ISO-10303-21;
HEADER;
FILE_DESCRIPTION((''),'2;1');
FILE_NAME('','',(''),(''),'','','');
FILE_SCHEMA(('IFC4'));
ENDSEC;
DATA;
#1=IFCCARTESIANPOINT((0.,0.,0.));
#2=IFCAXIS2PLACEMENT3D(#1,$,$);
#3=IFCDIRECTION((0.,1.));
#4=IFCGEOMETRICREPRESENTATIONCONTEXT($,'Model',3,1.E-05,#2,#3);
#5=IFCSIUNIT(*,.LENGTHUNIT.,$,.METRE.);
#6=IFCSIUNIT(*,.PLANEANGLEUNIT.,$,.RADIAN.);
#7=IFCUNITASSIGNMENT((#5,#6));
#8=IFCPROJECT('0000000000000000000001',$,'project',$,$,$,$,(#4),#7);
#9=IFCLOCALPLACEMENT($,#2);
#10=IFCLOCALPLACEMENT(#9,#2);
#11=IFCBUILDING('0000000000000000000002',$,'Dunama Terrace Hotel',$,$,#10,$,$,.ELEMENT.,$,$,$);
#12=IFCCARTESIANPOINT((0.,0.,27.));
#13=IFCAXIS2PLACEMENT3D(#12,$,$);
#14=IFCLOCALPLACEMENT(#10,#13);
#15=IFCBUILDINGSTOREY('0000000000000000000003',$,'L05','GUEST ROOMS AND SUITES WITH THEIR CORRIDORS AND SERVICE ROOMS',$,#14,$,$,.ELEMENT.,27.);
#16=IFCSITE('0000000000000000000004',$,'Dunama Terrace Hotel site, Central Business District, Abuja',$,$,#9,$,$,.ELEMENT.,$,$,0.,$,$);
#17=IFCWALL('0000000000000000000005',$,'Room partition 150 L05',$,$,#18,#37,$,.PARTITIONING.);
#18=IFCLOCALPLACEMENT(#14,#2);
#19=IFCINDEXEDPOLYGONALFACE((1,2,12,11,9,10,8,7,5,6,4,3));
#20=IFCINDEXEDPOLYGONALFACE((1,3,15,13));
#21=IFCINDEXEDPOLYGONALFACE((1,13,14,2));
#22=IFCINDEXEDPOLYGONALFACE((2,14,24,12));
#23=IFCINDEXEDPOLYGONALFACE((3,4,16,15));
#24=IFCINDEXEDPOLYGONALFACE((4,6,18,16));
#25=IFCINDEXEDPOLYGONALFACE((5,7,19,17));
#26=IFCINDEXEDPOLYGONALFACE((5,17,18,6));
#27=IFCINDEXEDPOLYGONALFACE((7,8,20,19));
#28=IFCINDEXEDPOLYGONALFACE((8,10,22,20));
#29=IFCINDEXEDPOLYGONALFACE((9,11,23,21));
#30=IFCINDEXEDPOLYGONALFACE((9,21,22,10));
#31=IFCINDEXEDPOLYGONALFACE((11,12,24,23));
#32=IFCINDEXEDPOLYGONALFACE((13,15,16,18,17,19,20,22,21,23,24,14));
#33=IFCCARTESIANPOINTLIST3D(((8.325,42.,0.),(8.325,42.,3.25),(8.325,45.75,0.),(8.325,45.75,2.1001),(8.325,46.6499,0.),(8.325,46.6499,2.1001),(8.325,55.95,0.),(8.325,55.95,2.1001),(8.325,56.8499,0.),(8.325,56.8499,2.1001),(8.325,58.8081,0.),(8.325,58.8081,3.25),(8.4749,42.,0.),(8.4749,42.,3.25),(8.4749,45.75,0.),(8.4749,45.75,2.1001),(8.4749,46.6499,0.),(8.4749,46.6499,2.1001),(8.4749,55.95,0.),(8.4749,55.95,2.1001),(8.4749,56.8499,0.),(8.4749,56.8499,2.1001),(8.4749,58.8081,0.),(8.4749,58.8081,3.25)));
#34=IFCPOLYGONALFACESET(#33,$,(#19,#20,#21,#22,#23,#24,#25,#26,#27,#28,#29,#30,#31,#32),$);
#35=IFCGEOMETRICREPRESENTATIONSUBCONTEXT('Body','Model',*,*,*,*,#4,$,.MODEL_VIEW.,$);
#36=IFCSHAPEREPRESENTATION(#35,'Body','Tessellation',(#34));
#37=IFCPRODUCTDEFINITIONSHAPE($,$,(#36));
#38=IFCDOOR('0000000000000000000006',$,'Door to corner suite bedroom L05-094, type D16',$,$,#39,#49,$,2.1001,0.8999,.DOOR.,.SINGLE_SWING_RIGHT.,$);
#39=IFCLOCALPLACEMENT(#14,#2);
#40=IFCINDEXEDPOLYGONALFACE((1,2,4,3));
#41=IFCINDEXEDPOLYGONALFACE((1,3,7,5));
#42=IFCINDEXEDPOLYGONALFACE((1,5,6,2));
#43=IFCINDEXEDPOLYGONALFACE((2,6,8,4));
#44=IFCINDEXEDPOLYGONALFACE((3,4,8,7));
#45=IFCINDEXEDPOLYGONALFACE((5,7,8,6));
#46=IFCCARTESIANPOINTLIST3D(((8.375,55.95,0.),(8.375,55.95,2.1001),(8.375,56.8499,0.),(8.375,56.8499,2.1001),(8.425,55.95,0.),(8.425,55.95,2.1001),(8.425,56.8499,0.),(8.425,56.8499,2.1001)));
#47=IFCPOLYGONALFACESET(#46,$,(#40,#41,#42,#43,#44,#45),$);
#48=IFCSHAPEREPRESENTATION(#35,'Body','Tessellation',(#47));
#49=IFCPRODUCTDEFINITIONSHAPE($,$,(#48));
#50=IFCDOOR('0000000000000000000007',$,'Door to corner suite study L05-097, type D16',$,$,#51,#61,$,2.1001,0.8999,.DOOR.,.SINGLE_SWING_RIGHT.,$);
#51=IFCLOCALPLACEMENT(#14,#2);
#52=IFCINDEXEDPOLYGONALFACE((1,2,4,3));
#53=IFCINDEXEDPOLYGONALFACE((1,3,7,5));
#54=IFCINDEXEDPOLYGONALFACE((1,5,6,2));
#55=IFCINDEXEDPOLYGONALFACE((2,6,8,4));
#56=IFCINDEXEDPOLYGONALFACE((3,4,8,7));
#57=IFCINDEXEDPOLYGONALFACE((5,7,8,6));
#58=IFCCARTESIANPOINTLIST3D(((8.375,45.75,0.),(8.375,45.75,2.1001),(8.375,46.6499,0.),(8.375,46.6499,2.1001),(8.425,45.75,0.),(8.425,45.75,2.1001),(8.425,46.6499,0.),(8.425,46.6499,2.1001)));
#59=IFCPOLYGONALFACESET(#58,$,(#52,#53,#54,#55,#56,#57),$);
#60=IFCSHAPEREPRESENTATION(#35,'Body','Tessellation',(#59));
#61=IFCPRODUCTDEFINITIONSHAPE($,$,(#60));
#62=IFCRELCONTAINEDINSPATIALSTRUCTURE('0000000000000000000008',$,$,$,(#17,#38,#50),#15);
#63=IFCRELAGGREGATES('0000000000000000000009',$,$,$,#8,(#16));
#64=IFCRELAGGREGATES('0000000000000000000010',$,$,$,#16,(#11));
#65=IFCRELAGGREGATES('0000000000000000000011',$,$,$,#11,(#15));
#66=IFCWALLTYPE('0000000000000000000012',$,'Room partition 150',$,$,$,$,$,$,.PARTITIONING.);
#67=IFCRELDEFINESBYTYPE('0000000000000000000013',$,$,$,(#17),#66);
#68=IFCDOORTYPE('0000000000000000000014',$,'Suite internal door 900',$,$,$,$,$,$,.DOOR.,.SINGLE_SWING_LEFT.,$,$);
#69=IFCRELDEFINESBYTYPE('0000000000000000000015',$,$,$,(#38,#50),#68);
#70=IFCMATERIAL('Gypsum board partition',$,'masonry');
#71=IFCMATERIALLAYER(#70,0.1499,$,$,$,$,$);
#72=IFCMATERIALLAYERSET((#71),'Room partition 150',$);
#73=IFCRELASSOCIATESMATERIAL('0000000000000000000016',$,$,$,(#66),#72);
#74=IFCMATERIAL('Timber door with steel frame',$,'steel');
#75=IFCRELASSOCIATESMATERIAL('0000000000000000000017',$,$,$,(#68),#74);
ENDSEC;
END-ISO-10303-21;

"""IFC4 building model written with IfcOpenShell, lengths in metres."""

from ifc_helpers import new_model, si_unit, direction, frame, frame_2d, origin, place, context, subcontext, project, spatial, rectangle, extrude, material, layer, layer_set, type_object, element, fill, save


model = new_model("IFC4")

# Units and contexts
model_context = context("Model", 3, precision=1e-05, world=origin(), true_north=direction((0.0, 1.0)))
body_context = subcontext(model_context, "Body", "Model", "MODEL_VIEW")
ifc_project = project(units=[si_unit("LENGTHUNIT", "METRE"), si_unit("PLANEANGLEUNIT", "RADIAN")], contexts=[model_context])

# Site, building, storey
site_placement = place(None, origin())
site = spatial("IfcSite", under=ifc_project, at=site_placement, Name="Dunama Terrace Hotel site, Central Business District, Abuja", CompositionType="ELEMENT", RefElevation=0.0)
building_placement = place(site_placement, origin())
building = spatial("IfcBuilding", under=site, at=building_placement, Name="Dunama Terrace Hotel", CompositionType="ELEMENT")
storey_placement = place(building_placement, frame((0.0, 0.0, 27.0)))
storey = spatial("IfcBuildingStorey", under=building, at=storey_placement, Name="L05", Description="GUEST ROOMS AND SUITES WITH THEIR CORRIDORS AND SERVICE ROOMS", CompositionType="ELEMENT", Elevation=27.0)

# Wall, openings, doors
ifc_material_1 = material(Name="Gypsum board partition", Category="masonry")
ifc_layer_1 = layer(ifc_material_1, 0.1499)
ifc_layer_set_1 = layer_set([ifc_layer_1], Name="Room partition 150")
wall_type_1 = type_object("IfcWallType", Name="Room partition 150", PredefinedType="PARTITIONING", material=ifc_layer_set_1)
wall_placement = place(storey_placement, frame((8.3999, 42.0, 0.0), z_axis=(0.0, 0.0, 1.0), x_axis=(0.0, 1.0, 0.0)))
wall = element("IfcWall", 1, at=wall_placement, inside=storey, type_object=wall_type_1, Name="Room partition 150 L05", PredefinedType="PARTITIONING", context=body_context, shape_type="SweptSolid", body=[
    extrude(rectangle(XDim=16.8081, YDim=0.1499, at=frame_2d((8.4041, 0.0))), origin(), (0.0, 0.0, 1.0), 3.25),
])
opening_1_placement = place(wall_placement, frame((13.95, 0.0, 0.0)))
opening_1 = element("IfcOpeningElement", 2, at=opening_1_placement, cuts=wall, PredefinedType="OPENING", context=body_context, shape_type="SweptSolid", body=[
    extrude(rectangle(XDim=0.8999, YDim=2.1001, at=frame_2d((0.45, 1.05))), frame((0.0, 0.085, 0.0), z_axis=(0.0, -1.0, 0.0), x_axis=(1.0, 0.0, 0.0)), (0.0, 0.0, 1.0), 0.1699),
])
opening_2_placement = place(wall_placement, frame((3.75, 0.0, 0.0)))
opening_2 = element("IfcOpeningElement", 3, at=opening_2_placement, cuts=wall, PredefinedType="OPENING", context=body_context, shape_type="SweptSolid", body=[
    extrude(rectangle(XDim=0.8999, YDim=2.1001, at=frame_2d((0.45, 1.05))), frame((0.0, 0.085, 0.0), z_axis=(0.0, -1.0, 0.0), x_axis=(1.0, 0.0, 0.0)), (0.0, 0.0, 1.0), 0.1699),
])
ifc_material_2 = material(Name="Timber door with steel frame", Category="steel")
door_type = type_object("IfcDoorType", Name="Suite internal door 900", OperationType="SINGLE_SWING_LEFT", PredefinedType="DOOR", material=ifc_material_2)
door_1_placement = place(opening_1_placement, origin())
door_1 = element("IfcDoor", 4, at=door_1_placement, inside=storey, type_object=door_type, Name="Door to corner suite bedroom L05-094, type D16", OperationType="SINGLE_SWING_RIGHT", OverallHeight=2.1001, OverallWidth=0.8999, PredefinedType="DOOR", context=body_context, shape_type="SweptSolid", body=[
    extrude(rectangle(XDim=0.8999, YDim=2.1001, at=frame_2d((0.45, 1.05))), frame((0.0, 0.0249, 0.0), z_axis=(0.0, -1.0, 0.0), x_axis=(1.0, 0.0, 0.0)), (0.0, 0.0, 1.0), 0.05),
])
fill(opening_1, door_1)
door_2_placement = place(opening_2_placement, origin())
door_2 = element("IfcDoor", 5, at=door_2_placement, inside=storey, type_object=door_type, Name="Door to corner suite study L05-097, type D16", OperationType="SINGLE_SWING_RIGHT", OverallHeight=2.1001, OverallWidth=0.8999, PredefinedType="DOOR", context=body_context, shape_type="SweptSolid", body=[
    extrude(rectangle(XDim=0.8999, YDim=2.1001, at=frame_2d((0.45, 1.05))), frame((0.0, 0.0249, 0.0), z_axis=(0.0, -1.0, 0.0), x_axis=(1.0, 0.0, 0.0)), (0.0, 0.0, 1.0), 0.05),
])
fill(opening_2, door_2)

save(model, "model.ifc")
